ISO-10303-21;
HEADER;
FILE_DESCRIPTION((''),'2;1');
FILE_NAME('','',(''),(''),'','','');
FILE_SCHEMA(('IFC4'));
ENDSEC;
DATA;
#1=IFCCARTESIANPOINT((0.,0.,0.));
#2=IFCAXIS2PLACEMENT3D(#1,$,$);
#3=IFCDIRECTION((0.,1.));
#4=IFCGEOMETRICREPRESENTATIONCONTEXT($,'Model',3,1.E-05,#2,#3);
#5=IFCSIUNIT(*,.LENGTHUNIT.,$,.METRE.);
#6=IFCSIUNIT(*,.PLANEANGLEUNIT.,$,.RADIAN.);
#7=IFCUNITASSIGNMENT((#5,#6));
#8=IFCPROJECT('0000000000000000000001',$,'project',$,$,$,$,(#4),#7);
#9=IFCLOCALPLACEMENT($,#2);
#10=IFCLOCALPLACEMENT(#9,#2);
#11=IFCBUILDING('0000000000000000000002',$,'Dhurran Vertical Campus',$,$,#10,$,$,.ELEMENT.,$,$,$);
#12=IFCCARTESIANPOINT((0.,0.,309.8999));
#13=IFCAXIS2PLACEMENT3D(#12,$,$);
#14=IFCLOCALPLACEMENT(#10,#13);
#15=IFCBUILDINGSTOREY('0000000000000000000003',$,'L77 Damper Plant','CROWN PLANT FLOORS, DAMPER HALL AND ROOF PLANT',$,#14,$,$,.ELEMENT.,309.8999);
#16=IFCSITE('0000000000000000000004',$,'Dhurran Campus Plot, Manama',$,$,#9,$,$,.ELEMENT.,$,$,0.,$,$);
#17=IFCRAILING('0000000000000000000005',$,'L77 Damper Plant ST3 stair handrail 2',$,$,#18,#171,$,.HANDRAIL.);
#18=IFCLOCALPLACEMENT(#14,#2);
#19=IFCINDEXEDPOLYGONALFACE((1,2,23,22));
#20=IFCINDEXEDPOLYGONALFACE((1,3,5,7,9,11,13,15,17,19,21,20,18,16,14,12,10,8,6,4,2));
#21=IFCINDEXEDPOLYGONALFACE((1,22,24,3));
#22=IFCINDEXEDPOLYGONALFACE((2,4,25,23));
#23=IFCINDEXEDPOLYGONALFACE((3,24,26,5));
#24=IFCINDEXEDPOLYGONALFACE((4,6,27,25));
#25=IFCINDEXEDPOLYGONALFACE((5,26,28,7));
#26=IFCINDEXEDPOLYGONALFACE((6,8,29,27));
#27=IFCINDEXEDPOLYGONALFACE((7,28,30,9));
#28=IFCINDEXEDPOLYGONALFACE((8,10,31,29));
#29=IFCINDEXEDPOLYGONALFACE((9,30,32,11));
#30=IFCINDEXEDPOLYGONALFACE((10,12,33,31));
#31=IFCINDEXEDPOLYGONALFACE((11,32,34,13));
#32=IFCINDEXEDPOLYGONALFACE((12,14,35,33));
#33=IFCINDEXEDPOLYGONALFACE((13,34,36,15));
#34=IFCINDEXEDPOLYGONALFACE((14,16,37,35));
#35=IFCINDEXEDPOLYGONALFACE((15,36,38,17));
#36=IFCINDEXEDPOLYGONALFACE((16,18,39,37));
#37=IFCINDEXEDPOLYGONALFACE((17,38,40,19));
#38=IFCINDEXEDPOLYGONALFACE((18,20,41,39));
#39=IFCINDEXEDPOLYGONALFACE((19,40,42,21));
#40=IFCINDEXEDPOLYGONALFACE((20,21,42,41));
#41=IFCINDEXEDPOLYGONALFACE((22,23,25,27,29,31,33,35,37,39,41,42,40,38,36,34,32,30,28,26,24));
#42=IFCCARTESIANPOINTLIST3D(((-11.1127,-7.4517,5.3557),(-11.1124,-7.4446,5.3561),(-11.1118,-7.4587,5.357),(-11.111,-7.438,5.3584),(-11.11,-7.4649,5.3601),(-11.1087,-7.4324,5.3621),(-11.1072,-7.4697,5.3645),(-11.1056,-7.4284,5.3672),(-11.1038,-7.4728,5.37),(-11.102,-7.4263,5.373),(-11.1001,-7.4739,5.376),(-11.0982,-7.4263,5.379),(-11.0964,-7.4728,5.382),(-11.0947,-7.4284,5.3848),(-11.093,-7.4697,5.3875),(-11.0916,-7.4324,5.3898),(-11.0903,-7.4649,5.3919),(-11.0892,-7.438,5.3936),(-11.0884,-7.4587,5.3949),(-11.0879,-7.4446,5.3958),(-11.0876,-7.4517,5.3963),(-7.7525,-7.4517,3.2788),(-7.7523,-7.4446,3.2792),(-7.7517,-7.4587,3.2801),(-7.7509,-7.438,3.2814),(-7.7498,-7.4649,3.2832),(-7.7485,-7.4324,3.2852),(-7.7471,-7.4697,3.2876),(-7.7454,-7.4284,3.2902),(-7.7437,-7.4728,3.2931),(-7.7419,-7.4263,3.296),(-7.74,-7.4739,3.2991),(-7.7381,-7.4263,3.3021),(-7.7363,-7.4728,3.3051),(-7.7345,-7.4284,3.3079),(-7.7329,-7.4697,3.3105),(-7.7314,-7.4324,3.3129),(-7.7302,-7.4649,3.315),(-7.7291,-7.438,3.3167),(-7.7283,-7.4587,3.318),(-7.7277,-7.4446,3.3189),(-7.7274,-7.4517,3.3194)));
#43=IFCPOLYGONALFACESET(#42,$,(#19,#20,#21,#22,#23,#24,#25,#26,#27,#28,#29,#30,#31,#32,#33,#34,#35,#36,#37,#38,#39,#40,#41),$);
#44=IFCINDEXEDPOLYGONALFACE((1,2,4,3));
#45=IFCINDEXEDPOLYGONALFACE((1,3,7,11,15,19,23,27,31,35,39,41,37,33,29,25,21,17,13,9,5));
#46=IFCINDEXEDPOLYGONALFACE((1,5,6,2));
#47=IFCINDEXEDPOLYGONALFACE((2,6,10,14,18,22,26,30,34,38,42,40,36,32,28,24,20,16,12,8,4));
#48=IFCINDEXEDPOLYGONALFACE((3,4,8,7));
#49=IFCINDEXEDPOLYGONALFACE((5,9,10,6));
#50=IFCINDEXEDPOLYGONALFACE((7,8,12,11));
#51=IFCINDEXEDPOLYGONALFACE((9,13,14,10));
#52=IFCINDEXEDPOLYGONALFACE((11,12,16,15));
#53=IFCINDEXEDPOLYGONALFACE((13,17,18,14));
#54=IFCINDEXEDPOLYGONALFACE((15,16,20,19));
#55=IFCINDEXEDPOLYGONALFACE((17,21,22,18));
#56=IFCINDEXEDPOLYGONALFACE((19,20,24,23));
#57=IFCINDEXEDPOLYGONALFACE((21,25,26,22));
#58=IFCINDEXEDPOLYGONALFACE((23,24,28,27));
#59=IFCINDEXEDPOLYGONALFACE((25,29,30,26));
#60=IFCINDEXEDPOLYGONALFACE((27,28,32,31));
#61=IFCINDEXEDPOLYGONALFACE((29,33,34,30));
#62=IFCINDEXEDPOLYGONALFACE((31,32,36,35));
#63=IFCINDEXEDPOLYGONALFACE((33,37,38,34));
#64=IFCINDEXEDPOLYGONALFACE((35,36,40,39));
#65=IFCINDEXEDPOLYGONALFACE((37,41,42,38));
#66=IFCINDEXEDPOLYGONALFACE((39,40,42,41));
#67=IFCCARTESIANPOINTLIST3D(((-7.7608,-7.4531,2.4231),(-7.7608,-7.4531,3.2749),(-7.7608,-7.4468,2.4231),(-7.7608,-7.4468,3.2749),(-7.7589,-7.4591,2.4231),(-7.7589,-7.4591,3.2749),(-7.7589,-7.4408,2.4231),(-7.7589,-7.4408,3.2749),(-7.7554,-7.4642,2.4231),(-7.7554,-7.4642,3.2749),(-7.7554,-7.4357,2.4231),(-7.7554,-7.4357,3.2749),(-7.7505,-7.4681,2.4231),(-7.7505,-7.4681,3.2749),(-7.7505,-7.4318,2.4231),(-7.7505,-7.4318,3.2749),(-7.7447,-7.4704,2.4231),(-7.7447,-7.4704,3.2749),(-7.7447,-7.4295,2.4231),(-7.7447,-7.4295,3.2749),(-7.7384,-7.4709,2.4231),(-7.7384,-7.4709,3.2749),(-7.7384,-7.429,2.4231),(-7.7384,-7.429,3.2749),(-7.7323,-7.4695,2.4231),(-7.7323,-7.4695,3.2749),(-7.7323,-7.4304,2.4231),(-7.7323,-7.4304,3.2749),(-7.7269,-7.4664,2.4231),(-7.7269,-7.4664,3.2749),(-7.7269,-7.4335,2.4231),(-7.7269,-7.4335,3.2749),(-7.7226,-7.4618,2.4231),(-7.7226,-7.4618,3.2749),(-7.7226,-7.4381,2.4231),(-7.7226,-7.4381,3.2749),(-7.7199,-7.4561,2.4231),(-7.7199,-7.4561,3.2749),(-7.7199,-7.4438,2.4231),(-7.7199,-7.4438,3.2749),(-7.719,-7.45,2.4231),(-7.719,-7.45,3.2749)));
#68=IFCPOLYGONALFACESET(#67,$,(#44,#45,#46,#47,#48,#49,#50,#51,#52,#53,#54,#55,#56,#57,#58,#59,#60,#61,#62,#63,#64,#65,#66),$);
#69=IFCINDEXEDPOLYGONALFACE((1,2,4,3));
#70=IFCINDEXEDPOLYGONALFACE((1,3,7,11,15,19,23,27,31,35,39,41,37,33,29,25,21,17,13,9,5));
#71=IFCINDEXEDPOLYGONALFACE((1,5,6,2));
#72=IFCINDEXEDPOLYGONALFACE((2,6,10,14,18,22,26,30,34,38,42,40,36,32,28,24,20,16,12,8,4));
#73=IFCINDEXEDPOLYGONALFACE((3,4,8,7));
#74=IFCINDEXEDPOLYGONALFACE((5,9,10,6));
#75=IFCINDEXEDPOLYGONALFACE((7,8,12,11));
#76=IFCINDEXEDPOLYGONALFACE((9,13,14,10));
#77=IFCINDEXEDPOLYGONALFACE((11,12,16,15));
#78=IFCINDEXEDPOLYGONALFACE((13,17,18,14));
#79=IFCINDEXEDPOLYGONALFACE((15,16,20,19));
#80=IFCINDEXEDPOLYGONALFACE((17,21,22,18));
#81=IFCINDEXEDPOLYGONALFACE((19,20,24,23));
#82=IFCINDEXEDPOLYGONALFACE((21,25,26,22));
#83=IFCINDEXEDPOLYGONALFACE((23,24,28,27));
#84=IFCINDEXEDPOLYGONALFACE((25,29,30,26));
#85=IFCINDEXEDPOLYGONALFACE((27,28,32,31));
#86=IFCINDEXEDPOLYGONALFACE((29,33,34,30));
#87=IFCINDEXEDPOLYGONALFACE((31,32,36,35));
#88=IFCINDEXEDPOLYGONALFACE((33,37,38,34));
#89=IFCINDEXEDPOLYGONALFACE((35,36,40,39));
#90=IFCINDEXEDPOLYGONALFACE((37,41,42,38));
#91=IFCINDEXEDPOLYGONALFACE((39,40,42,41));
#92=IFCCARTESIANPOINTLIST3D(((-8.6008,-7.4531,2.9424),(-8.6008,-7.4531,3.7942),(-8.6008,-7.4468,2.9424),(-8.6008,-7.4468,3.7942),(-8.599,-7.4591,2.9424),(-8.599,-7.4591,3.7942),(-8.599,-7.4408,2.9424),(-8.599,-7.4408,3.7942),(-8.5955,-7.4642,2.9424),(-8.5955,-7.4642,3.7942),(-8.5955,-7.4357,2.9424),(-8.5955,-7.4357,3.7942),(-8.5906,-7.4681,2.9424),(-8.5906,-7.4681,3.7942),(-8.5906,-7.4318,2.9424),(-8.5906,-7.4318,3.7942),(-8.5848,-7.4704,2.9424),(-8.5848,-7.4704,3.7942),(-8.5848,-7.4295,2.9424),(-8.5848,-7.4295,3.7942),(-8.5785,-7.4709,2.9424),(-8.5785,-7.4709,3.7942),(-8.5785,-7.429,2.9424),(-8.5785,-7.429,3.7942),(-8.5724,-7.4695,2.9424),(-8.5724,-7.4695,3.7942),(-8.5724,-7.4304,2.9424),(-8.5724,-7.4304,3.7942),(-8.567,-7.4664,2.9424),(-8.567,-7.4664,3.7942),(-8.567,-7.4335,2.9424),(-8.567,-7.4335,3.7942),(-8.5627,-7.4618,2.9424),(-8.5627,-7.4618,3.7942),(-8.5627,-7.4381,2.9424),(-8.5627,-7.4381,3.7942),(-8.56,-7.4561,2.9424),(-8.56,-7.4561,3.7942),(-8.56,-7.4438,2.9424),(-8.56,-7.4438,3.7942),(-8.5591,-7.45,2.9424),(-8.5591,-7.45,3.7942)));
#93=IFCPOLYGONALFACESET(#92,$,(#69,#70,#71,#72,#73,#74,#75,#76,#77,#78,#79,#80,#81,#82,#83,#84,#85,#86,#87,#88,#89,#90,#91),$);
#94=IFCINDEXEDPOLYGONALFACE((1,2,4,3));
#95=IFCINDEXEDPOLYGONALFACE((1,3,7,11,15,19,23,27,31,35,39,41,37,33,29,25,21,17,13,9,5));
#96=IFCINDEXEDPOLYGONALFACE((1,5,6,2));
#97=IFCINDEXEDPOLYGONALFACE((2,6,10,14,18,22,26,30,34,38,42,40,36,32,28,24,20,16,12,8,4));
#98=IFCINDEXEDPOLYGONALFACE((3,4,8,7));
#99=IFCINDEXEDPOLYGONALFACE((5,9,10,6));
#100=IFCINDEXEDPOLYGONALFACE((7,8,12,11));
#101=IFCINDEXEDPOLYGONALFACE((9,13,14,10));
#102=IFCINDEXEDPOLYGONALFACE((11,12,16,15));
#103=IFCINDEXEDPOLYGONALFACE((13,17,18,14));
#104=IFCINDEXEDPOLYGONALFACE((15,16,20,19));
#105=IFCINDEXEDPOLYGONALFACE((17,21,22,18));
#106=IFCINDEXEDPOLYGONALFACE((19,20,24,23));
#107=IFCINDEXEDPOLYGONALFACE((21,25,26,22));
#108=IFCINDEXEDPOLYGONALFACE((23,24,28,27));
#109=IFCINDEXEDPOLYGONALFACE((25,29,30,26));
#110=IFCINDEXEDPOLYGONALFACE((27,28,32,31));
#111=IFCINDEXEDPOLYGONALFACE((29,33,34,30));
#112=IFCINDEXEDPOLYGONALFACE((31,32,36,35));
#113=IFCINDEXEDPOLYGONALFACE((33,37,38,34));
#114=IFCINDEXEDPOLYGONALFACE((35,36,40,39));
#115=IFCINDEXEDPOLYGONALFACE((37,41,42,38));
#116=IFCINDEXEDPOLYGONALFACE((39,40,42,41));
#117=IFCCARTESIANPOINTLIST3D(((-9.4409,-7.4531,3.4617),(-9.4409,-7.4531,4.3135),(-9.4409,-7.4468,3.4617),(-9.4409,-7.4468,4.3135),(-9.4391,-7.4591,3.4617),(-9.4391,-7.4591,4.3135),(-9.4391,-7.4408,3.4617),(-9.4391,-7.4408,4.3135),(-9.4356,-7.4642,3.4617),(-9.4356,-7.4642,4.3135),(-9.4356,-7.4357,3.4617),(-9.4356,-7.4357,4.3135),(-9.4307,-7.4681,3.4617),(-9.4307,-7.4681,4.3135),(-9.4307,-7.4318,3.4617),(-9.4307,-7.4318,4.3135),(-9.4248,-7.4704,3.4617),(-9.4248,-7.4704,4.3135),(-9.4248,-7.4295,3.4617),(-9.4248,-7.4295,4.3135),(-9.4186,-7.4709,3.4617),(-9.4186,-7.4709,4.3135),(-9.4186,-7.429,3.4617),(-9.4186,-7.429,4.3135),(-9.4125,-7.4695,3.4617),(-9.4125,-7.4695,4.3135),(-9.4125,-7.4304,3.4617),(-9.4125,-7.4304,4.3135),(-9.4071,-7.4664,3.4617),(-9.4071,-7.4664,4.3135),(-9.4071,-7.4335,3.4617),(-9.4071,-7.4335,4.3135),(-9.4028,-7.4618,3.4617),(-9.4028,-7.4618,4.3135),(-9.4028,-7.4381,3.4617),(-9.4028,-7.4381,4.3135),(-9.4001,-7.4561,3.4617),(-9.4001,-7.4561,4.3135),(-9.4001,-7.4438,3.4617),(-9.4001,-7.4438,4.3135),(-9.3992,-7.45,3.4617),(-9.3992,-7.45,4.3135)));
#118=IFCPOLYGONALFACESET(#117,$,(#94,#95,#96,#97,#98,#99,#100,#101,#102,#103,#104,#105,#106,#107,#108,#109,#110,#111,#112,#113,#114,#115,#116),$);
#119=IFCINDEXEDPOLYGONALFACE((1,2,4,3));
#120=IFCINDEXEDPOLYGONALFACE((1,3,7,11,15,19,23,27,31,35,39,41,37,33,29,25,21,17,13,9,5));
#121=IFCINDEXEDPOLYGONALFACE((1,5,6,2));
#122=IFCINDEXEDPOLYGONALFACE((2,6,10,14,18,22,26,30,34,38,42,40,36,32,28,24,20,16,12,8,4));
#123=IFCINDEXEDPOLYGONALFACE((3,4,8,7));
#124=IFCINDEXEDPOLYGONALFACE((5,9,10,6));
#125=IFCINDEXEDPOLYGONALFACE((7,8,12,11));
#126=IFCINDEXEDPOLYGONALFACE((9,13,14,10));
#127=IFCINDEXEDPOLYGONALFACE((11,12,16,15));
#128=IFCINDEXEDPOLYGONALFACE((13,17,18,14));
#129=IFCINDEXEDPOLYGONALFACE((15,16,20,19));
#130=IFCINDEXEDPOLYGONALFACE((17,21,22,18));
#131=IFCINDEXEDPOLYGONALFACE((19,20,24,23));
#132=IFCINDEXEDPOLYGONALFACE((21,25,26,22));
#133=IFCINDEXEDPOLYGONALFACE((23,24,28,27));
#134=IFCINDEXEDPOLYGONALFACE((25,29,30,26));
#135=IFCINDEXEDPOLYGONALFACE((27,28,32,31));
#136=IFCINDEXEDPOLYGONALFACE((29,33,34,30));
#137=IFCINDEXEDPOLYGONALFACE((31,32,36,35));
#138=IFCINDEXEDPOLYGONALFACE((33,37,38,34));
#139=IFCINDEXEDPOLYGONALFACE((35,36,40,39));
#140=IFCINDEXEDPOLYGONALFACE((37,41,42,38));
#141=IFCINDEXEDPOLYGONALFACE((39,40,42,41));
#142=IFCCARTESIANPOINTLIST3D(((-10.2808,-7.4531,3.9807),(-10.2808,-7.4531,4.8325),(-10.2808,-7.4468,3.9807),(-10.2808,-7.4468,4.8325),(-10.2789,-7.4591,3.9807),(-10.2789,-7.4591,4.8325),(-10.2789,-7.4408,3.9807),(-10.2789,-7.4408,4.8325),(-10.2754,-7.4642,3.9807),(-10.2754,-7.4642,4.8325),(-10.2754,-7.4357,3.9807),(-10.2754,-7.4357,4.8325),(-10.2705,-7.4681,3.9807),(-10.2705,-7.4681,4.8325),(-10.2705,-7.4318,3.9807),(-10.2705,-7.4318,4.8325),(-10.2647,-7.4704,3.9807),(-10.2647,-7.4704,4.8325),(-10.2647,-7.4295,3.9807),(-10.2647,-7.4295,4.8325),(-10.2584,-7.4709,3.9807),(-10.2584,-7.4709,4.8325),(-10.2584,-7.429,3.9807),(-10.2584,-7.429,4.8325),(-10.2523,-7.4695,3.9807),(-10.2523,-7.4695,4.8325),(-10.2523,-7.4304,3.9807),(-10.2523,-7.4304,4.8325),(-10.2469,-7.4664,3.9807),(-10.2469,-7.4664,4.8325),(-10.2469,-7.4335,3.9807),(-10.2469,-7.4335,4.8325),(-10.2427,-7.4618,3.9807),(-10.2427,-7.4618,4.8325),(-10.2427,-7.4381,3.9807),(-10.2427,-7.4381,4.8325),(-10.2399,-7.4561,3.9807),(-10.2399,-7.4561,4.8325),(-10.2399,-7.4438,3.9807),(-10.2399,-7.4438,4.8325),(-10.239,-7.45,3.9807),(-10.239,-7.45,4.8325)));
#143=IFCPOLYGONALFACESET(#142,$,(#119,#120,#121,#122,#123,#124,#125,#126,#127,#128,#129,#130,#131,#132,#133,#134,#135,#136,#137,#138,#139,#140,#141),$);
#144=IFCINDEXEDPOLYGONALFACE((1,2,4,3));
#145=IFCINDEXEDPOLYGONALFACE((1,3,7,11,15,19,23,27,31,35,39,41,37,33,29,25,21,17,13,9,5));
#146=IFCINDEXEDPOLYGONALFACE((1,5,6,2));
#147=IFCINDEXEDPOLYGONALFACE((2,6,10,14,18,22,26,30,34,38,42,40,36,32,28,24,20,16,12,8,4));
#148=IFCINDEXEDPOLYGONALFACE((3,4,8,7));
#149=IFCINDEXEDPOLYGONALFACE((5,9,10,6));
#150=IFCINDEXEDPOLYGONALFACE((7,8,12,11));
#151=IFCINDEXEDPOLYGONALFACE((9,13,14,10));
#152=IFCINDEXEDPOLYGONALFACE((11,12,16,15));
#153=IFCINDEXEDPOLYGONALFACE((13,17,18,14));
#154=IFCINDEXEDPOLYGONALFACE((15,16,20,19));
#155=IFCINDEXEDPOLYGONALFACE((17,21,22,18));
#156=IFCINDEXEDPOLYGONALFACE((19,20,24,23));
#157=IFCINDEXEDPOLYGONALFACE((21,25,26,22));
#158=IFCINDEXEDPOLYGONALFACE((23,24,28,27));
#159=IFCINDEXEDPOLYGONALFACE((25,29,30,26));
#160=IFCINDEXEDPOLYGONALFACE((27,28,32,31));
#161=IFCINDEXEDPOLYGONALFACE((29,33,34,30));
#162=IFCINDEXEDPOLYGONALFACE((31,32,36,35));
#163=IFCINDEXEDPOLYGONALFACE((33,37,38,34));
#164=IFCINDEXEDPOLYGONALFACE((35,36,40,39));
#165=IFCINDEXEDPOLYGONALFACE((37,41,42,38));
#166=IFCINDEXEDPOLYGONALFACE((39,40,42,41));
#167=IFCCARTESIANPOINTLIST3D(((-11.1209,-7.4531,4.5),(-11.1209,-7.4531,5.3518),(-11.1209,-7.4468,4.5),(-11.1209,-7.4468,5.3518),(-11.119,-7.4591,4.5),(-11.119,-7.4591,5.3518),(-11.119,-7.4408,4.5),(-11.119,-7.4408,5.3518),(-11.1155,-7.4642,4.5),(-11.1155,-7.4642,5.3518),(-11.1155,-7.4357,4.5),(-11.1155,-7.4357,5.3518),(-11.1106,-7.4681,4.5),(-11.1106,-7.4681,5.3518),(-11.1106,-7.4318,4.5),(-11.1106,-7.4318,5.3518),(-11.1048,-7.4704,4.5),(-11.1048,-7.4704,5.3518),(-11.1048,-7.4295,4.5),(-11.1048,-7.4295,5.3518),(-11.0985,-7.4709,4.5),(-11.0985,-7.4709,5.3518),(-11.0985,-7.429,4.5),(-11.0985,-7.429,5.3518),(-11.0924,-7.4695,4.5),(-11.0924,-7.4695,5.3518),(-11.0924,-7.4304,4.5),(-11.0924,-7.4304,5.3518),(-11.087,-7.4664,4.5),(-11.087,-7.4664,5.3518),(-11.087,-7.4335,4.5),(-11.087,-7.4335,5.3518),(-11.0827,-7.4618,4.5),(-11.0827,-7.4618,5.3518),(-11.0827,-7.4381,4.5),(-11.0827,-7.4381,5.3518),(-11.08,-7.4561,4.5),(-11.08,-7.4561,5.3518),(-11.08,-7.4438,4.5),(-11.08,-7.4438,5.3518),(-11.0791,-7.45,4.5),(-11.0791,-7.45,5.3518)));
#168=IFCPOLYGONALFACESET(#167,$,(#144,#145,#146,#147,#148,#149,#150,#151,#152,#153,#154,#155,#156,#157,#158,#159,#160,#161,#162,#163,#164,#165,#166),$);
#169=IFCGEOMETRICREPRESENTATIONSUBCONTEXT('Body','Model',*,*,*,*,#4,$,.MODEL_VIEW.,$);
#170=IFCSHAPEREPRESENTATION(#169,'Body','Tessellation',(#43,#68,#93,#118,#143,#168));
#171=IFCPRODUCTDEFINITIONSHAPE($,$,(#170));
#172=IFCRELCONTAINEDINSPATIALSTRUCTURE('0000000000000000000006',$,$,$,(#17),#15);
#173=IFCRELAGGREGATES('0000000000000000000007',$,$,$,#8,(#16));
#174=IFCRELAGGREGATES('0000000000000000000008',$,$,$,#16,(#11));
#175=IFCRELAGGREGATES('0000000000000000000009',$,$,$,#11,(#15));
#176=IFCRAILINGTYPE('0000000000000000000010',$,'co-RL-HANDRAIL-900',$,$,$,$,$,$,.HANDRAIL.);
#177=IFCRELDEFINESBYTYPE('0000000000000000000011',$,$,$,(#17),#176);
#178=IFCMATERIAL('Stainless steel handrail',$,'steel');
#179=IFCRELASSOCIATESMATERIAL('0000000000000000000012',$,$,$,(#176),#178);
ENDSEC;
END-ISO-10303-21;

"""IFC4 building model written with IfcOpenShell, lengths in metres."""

from ifc_helpers import new_model, si_unit, direction, frame, origin, origin_2d, place, context, subcontext, project, spatial, circle, extrude, material, type_object, element, save


model = new_model("IFC4")

# Units and contexts
model_context = context("Model", 3, precision=1e-05, world=origin(), true_north=direction((0.0, 1.0)))
body_context = subcontext(model_context, "Body", "Model", "MODEL_VIEW")
ifc_project = project(units=[si_unit("LENGTHUNIT", "METRE"), si_unit("PLANEANGLEUNIT", "RADIAN")], contexts=[model_context])

# Site, building, storey
site_placement = place(None, origin())
site = spatial("IfcSite", under=ifc_project, at=site_placement, Name="Dhurran Campus Plot, Manama", CompositionType="ELEMENT", RefElevation=0.0)
building_placement = place(site_placement, origin())
building = spatial("IfcBuilding", under=site, at=building_placement, Name="Dhurran Vertical Campus", CompositionType="ELEMENT")
storey_placement = place(building_placement, frame((0.0, 0.0, 309.8999)))
storey = spatial("IfcBuildingStorey", under=building, at=storey_placement, Name="L77 Damper Plant", Description="CROWN PLANT FLOORS, DAMPER HALL AND ROOF PLANT", CompositionType="ELEMENT", Elevation=309.8999)

# Railing
ifc_material_1 = material(Name="Stainless steel handrail", Category="steel")
railing_type_1 = type_object("IfcRailingType", Name="co-RL-HANDRAIL-900", PredefinedType="HANDRAIL", material=ifc_material_1)
for number, where, name in (
    (1, (-7.74, -7.45, 2.4231), "L77 Damper Plant ST3 stair handrail 2"),
):
    element("IfcRailing", number, at=place(storey_placement, frame(where)), inside=storey, type_object=railing_type_1, Name=name, PredefinedType="HANDRAIL", context=body_context, shape_type="SweptSolid", body=[
        extrude(circle(Radius=0.0239, at=origin_2d()), frame((0.0, 0.0, 0.876), z_axis=(-0.850623, 0.0, 0.525776), x_axis=(0.0, -1.0, 0.0)), (0.0, 0.0, 1.0), 3.9502),
        extrude(circle(Radius=0.021, at=origin_2d()), origin(), (0.0, 0.0, 1.0), 0.8518),
        extrude(circle(Radius=0.021, at=origin_2d()), frame((-0.8401, 0.0, 0.5193)), (0.0, 0.0, 1.0), 0.8518),
        extrude(circle(Radius=0.021, at=origin_2d()), frame((-1.6802, 0.0, 1.0386)), (0.0, 0.0, 1.0), 0.8518),
        extrude(circle(Radius=0.021, at=origin_2d()), frame((-2.52, 0.0, 1.5576)), (0.0, 0.0, 1.0), 0.8518),
        extrude(circle(Radius=0.021, at=origin_2d()), frame((-3.3601, 0.0, 2.0769)), (0.0, 0.0, 1.0), 0.8518),
    ])

save(model, "model.ifc")
